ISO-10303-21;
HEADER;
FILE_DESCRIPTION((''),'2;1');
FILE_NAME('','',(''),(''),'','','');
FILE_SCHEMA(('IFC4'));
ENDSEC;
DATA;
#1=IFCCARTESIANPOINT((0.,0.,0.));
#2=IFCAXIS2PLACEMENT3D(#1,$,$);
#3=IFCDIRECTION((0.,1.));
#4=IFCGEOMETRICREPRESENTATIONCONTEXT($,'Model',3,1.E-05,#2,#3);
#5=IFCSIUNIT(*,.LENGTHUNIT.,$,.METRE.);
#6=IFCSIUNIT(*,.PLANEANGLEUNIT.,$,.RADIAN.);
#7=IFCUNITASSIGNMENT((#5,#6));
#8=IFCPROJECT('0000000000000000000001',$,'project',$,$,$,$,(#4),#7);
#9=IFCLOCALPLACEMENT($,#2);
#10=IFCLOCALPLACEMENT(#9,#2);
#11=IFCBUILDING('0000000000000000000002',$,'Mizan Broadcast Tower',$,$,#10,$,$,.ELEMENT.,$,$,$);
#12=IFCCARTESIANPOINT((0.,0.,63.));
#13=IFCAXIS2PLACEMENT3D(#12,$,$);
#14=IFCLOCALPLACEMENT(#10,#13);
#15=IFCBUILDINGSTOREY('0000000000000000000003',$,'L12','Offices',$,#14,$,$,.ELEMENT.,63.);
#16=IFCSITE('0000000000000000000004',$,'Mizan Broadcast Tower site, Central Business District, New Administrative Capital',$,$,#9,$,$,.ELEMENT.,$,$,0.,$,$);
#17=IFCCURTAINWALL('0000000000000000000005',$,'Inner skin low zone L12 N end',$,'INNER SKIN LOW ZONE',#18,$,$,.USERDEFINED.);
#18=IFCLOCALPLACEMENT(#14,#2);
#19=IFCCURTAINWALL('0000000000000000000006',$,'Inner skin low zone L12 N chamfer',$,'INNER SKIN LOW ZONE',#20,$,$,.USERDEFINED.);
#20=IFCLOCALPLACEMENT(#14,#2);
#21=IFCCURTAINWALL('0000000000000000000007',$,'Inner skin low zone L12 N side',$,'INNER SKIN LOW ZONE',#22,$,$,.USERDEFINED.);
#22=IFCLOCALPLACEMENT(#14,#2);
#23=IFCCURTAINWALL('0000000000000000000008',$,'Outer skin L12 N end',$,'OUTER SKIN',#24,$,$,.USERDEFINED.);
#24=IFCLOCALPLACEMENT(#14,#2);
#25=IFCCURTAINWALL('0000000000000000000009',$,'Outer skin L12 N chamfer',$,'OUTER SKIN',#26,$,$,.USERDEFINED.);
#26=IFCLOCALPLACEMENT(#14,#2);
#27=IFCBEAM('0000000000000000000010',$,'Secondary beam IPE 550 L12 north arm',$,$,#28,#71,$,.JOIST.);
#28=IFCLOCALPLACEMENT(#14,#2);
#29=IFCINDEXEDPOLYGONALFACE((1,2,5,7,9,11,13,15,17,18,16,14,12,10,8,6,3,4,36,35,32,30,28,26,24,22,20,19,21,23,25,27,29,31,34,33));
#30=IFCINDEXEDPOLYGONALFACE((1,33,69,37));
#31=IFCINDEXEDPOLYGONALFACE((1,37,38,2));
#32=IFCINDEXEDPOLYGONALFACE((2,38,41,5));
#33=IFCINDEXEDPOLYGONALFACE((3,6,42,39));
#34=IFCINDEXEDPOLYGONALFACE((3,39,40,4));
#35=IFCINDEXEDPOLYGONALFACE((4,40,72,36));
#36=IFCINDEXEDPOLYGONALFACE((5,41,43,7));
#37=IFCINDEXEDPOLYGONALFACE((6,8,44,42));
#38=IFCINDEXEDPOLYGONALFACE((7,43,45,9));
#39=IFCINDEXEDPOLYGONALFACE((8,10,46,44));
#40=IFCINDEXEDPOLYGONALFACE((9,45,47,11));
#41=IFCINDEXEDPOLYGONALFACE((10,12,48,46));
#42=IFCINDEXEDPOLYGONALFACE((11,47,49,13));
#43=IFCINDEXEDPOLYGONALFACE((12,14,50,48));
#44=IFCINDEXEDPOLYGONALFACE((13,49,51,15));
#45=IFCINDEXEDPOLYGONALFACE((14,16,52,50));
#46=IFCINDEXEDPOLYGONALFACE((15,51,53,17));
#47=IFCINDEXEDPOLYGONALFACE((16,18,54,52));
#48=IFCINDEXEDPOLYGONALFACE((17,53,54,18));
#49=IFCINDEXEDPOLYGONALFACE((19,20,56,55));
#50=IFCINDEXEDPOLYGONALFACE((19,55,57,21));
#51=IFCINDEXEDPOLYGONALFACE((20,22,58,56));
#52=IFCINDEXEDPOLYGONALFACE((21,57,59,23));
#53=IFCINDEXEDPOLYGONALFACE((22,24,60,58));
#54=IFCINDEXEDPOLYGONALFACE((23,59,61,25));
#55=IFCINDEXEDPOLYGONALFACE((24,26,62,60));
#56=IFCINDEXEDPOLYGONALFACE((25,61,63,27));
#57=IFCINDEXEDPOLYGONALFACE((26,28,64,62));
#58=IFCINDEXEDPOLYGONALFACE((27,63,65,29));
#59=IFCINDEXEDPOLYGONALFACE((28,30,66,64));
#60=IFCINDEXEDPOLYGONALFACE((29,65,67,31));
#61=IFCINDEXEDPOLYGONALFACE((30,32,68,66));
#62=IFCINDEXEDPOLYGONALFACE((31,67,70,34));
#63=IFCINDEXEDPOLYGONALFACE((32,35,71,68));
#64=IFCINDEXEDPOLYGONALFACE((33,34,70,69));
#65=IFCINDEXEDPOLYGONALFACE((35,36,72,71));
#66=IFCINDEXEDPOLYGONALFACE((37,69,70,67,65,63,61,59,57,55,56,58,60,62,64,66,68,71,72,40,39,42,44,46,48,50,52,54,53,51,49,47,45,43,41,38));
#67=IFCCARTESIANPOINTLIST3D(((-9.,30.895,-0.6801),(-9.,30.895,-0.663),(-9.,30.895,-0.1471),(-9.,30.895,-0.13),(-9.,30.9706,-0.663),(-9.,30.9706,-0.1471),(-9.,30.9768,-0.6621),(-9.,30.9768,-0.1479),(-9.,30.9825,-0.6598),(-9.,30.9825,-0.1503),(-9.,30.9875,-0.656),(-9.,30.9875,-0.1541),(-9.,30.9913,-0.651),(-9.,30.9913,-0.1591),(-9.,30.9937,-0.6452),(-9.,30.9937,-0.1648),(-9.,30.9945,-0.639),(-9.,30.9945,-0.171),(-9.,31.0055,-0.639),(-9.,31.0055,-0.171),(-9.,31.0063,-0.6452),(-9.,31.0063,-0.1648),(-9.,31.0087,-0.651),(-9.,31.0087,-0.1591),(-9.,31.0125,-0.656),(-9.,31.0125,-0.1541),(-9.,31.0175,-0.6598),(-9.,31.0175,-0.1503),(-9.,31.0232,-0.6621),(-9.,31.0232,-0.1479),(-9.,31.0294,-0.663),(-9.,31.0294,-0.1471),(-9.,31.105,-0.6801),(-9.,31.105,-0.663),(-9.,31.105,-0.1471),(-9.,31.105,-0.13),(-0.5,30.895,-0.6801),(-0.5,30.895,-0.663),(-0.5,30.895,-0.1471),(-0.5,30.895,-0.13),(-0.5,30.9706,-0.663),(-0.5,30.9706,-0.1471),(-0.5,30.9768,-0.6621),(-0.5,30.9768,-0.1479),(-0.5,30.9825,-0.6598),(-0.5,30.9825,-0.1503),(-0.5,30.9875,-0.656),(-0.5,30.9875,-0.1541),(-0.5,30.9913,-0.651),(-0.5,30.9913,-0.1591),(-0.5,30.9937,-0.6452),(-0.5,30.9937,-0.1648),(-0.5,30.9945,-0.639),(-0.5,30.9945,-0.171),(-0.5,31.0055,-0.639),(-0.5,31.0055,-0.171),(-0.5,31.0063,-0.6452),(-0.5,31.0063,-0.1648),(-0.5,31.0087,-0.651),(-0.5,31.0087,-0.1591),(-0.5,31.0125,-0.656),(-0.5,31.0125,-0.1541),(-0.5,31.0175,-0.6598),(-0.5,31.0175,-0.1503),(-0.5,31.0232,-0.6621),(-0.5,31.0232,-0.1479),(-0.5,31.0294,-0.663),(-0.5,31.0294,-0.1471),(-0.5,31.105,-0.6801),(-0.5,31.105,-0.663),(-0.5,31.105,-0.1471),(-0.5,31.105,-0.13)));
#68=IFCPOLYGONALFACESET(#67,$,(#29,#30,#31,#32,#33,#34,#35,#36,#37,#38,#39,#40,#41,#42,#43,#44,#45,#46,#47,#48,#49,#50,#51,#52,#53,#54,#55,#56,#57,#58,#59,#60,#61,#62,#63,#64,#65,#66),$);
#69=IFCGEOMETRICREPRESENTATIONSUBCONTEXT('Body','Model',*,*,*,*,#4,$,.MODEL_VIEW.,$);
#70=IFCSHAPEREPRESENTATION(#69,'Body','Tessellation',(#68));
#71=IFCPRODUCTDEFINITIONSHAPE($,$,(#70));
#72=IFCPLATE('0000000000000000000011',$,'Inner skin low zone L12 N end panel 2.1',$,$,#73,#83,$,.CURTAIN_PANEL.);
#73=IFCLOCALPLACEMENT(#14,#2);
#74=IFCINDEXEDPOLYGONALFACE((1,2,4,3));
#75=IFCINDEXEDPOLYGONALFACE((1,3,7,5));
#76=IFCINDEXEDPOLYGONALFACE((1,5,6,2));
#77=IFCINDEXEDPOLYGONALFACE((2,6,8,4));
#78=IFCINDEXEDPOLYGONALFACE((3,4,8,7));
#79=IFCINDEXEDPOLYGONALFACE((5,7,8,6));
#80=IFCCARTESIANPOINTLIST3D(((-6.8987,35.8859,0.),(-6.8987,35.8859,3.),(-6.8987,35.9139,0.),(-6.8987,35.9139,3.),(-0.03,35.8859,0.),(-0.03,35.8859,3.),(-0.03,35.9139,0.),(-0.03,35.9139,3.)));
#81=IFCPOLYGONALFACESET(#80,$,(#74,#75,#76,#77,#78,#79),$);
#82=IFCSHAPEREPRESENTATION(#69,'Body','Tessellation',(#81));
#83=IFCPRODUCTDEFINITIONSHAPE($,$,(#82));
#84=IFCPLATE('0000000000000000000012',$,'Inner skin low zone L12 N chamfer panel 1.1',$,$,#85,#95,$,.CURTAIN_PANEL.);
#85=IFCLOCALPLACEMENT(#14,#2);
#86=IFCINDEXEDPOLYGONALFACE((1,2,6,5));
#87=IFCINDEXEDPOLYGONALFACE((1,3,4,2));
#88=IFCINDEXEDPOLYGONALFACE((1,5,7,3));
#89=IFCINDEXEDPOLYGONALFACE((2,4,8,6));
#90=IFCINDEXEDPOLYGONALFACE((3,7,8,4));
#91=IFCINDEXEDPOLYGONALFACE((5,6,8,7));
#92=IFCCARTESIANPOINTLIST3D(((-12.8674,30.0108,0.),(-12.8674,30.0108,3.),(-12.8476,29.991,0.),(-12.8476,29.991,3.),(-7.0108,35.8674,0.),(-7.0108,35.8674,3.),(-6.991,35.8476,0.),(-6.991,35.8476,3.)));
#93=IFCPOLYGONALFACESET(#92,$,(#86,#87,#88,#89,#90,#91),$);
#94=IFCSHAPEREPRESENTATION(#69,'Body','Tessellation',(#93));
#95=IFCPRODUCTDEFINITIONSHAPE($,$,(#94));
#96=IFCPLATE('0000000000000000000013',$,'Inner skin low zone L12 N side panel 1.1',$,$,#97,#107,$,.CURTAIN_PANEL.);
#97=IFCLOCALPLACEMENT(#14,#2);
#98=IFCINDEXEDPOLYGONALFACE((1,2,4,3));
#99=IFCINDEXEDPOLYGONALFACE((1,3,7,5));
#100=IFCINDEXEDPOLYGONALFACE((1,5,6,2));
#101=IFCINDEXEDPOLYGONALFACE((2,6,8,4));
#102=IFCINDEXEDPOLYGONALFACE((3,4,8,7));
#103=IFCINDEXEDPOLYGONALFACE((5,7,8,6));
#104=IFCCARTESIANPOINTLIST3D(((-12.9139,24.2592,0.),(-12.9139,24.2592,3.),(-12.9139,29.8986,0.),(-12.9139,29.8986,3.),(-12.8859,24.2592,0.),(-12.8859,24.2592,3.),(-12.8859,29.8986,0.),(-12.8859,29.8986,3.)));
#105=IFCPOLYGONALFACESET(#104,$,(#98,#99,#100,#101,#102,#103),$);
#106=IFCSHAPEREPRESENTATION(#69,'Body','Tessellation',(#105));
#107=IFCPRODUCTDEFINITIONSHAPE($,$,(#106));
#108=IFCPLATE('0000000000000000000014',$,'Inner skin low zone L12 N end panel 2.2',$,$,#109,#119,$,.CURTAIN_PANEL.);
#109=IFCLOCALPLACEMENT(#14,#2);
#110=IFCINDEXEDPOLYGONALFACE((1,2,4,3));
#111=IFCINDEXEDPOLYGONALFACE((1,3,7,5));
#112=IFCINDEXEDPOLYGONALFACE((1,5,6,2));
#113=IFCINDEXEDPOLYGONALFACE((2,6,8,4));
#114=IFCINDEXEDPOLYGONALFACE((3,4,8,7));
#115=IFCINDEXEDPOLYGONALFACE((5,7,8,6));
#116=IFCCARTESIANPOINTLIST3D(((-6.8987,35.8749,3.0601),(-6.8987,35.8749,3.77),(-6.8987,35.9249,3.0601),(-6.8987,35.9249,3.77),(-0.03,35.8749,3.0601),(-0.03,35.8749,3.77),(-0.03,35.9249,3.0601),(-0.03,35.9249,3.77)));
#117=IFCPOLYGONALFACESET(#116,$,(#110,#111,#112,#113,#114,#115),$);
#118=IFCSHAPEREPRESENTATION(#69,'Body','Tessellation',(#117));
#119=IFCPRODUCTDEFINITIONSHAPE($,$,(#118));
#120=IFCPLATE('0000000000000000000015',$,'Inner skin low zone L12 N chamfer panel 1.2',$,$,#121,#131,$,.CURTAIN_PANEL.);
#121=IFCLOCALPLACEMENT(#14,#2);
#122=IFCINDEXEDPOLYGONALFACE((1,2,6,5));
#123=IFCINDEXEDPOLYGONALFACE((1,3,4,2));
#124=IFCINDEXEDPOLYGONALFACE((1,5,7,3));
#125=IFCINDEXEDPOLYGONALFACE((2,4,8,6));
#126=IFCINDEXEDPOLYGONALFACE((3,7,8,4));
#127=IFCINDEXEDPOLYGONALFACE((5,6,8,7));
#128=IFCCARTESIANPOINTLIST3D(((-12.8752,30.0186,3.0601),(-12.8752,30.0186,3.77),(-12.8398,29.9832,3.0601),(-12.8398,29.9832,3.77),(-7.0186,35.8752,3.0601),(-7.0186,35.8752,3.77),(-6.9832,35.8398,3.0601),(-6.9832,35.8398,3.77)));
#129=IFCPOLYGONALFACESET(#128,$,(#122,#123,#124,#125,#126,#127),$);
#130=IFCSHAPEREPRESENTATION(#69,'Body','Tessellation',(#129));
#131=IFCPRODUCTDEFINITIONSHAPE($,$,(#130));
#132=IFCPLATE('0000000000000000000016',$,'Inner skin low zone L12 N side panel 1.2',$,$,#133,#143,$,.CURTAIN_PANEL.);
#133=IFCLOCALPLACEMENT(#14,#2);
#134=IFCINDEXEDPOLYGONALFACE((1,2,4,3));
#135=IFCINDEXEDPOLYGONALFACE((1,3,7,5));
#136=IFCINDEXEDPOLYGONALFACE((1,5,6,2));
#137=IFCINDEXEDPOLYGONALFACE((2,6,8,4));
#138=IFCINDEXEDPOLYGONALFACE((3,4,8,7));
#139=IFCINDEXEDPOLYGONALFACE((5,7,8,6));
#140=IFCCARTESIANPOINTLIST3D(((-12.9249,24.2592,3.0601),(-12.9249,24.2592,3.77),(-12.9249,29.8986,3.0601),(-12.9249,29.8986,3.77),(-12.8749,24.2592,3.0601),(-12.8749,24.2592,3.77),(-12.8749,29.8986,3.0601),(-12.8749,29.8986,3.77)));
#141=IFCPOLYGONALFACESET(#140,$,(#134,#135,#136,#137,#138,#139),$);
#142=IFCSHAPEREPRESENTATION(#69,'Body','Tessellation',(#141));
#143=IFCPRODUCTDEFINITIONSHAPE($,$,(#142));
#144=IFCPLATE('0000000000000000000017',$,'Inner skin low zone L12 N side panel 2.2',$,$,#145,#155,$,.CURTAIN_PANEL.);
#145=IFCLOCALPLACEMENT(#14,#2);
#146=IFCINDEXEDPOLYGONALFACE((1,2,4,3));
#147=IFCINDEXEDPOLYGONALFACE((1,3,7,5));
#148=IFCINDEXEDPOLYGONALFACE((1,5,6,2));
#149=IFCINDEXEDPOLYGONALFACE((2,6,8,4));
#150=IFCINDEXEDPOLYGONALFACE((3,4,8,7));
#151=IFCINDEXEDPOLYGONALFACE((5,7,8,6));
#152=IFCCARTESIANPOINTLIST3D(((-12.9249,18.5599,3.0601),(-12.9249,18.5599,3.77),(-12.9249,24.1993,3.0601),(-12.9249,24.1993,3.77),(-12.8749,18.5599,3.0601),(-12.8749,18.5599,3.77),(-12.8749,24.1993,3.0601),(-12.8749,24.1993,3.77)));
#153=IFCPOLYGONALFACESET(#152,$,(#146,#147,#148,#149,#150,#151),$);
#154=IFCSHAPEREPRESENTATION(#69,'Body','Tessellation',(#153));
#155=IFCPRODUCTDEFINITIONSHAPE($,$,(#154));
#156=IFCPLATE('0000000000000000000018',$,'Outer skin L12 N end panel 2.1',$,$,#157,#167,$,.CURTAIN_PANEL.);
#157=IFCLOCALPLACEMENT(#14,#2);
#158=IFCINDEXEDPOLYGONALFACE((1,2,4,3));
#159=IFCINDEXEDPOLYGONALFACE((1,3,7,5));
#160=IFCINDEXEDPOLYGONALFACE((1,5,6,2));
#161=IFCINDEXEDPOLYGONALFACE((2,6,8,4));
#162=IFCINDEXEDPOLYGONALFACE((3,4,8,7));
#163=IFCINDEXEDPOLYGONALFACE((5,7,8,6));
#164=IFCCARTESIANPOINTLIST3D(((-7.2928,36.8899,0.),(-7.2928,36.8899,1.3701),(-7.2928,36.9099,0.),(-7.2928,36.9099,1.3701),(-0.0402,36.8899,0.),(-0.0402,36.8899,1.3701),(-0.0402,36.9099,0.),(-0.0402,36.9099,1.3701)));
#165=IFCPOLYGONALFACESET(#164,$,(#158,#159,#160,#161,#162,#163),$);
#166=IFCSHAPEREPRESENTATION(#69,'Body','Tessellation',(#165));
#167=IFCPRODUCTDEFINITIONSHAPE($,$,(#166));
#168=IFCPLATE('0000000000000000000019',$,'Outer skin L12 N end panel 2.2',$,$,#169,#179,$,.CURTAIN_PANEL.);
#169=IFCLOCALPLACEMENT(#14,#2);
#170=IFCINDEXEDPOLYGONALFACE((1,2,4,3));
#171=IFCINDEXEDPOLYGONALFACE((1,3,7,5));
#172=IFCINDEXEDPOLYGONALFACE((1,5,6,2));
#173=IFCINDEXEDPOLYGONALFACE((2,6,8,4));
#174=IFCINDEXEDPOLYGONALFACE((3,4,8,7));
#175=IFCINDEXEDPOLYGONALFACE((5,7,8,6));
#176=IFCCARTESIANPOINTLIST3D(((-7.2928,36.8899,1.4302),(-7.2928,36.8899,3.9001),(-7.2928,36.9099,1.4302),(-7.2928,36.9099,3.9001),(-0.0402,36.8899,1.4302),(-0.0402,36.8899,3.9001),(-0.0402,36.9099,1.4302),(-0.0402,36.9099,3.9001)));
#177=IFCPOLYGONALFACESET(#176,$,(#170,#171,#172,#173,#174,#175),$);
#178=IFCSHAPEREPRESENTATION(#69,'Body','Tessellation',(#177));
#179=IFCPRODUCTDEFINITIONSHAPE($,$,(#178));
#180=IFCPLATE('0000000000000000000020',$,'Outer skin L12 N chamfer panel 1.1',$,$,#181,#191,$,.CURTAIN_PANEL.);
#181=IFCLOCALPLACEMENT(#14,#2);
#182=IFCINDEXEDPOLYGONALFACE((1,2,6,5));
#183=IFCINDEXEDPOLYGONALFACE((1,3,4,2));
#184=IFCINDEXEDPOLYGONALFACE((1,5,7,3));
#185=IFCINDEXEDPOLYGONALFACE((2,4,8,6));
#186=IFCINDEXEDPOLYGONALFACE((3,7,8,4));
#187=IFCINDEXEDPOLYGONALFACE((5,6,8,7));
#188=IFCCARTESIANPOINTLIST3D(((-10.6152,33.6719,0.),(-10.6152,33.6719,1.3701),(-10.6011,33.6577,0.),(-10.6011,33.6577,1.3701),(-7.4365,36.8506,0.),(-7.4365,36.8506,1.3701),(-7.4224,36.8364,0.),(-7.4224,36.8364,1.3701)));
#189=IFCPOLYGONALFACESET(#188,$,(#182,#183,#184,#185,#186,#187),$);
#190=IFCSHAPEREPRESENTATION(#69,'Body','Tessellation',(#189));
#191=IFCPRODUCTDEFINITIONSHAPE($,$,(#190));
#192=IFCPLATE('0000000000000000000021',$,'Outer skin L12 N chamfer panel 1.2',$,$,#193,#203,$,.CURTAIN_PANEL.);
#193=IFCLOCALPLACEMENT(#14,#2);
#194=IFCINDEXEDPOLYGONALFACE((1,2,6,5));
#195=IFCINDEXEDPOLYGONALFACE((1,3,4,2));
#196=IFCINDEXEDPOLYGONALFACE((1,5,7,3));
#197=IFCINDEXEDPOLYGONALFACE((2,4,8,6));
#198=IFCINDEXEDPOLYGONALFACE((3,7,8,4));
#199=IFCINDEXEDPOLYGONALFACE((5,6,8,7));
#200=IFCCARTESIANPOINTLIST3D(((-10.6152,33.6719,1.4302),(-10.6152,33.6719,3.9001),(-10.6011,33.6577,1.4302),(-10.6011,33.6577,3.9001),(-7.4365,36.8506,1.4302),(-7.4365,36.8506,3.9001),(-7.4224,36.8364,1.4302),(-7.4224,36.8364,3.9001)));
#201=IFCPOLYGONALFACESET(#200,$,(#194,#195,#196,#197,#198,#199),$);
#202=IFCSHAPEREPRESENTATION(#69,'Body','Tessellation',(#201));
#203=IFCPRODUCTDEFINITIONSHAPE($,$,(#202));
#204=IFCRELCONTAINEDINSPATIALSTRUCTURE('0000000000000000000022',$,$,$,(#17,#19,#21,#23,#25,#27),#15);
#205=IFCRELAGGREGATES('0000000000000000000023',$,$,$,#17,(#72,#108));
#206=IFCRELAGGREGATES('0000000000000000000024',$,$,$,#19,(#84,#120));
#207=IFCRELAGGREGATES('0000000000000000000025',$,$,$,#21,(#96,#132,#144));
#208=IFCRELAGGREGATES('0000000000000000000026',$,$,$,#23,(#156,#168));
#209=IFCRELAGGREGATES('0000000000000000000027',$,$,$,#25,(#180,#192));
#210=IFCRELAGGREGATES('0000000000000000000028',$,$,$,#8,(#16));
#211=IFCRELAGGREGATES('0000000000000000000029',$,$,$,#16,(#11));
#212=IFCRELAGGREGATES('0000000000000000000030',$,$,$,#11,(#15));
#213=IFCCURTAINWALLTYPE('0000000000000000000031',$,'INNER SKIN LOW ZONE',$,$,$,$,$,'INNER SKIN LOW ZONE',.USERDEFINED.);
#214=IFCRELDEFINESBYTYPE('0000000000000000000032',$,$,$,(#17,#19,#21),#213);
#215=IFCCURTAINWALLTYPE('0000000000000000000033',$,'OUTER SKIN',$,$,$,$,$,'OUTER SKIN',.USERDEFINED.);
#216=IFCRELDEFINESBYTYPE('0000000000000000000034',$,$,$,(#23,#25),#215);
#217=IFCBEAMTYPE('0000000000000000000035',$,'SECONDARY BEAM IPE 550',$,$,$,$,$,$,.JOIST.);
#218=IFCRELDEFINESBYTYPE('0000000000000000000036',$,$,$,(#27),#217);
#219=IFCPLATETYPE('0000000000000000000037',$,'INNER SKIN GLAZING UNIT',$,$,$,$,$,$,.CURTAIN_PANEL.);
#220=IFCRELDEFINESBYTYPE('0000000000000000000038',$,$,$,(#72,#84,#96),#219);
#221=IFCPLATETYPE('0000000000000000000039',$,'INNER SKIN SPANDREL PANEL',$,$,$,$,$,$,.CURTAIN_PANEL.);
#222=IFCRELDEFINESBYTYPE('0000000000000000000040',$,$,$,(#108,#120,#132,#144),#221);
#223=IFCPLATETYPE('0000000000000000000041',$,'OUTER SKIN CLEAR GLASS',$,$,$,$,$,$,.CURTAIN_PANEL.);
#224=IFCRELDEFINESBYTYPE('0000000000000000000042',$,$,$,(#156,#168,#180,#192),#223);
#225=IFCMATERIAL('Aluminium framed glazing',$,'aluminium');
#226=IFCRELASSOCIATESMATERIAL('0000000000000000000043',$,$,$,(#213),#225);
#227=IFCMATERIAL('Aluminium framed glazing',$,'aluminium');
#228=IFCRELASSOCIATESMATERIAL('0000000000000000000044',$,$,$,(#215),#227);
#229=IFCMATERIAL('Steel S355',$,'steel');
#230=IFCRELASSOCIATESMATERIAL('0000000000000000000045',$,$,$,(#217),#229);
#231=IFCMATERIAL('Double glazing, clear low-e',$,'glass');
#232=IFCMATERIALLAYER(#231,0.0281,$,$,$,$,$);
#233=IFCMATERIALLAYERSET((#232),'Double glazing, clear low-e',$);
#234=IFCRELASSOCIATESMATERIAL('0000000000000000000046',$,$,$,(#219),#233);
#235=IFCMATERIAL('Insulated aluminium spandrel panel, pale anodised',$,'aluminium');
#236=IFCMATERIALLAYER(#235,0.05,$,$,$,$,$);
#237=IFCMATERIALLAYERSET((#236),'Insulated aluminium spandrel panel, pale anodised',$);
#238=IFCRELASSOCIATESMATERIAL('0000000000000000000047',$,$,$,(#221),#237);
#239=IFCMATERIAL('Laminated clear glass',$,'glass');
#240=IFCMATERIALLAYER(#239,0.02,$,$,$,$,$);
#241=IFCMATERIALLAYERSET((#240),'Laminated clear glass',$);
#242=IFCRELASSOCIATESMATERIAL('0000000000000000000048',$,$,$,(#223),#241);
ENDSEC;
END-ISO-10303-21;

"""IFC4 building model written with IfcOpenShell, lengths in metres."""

from ifc_helpers import new_model, si_unit, direction, frame, origin, origin_2d, place, context, subcontext, project, spatial, rectangle, i_section, extrude, material, layer, layer_set, material_profile, profile_set, type_object, element, aggregate, save


model = new_model("IFC4")

# Units and contexts
model_context = context("Model", 3, precision=1e-05, world=origin(), true_north=direction((0.0, 1.0)))
body_context = subcontext(model_context, "Body", "Model", "MODEL_VIEW")
ifc_project = project(units=[si_unit("LENGTHUNIT", "METRE"), si_unit("PLANEANGLEUNIT", "RADIAN")], contexts=[model_context])

# Site, building, storey
site_placement = place(None, origin())
site = spatial("IfcSite", under=ifc_project, at=site_placement, Name="Mizan Broadcast Tower site, Central Business District, New Administrative Capital", CompositionType="ELEMENT", RefElevation=0.0)
building_placement = place(site_placement, origin())
building = spatial("IfcBuilding", under=site, at=building_placement, Name="Mizan Broadcast Tower", CompositionType="ELEMENT")
storey_placement = place(building_placement, frame((0.0, 0.0, 63.0)))
storey = spatial("IfcBuildingStorey", under=building, at=storey_placement, Name="L12", Description="Offices", CompositionType="ELEMENT", Elevation=63.0)

# Curtain walls
ifc_material_1 = material(Name="Aluminium framed glazing", Category="aluminium")
curtain_wall_type_1 = type_object("IfcCurtainWallType", Name="INNER SKIN LOW ZONE", ElementType="INNER SKIN LOW ZONE", PredefinedType="USERDEFINED", material=ifc_material_1)
curtain_wall_1_placement = place(storey_placement, origin())
curtain_wall_1 = element("IfcCurtainWall", 1, at=curtain_wall_1_placement, inside=storey, type_object=curtain_wall_type_1, Name="Inner skin low zone L12 N end", ObjectType="INNER SKIN LOW ZONE", PredefinedType="USERDEFINED")
curtain_wall_2_placement = place(storey_placement, origin())
curtain_wall_2 = element("IfcCurtainWall", 2, at=curtain_wall_2_placement, inside=storey, type_object=curtain_wall_type_1, Name="Inner skin low zone L12 N chamfer", ObjectType="INNER SKIN LOW ZONE", PredefinedType="USERDEFINED")
curtain_wall_3_placement = place(storey_placement, origin())
curtain_wall_3 = element("IfcCurtainWall", 3, at=curtain_wall_3_placement, inside=storey, type_object=curtain_wall_type_1, Name="Inner skin low zone L12 N side", ObjectType="INNER SKIN LOW ZONE", PredefinedType="USERDEFINED")

# Curtain walls
ifc_material_2 = material(Name="Aluminium framed glazing", Category="aluminium")
curtain_wall_type_2 = type_object("IfcCurtainWallType", Name="OUTER SKIN", ElementType="OUTER SKIN", PredefinedType="USERDEFINED", material=ifc_material_2)
curtain_wall_4_placement = place(storey_placement, origin())
curtain_wall_4 = element("IfcCurtainWall", 4, at=curtain_wall_4_placement, inside=storey, type_object=curtain_wall_type_2, Name="Outer skin L12 N end", ObjectType="OUTER SKIN", PredefinedType="USERDEFINED")
curtain_wall_5_placement = place(storey_placement, origin())
curtain_wall_5 = element("IfcCurtainWall", 5, at=curtain_wall_5_placement, inside=storey, type_object=curtain_wall_type_2, Name="Outer skin L12 N chamfer", ObjectType="OUTER SKIN", PredefinedType="USERDEFINED")

# Beam
ifc_material_3 = material(Name="Steel S355", Category="steel")
ifc_material_profile_1 = material_profile(ifc_material_3, i_section(OverallWidth=0.21, OverallDepth=0.55, WebThickness=0.011, FlangeThickness=0.0171, FilletRadius=0.0239, at=origin_2d()), Name="IPE 550")
ifc_profile_set_1 = profile_set([ifc_material_profile_1], Name="Steel S355")
beam_type_1 = type_object("IfcBeamType", Name="SECONDARY BEAM IPE 550", PredefinedType="JOIST", material=ifc_profile_set_1)
beam_1_placement = place(storey_placement, frame((-9.0, 31.0, -0.405), z_axis=(1.0, 0.0, 0.0), x_axis=(0.0, 1.0, 0.0)))
element("IfcBeam", 6, at=beam_1_placement, inside=storey, type_object=beam_type_1, Name="Secondary beam IPE 550 L12 north arm", PredefinedType="JOIST", context=body_context, shape_type="SweptSolid", body=[
    extrude(i_section(OverallWidth=0.21, OverallDepth=0.55, WebThickness=0.011, FlangeThickness=0.0171, FilletRadius=0.0239, at=origin_2d()), origin(), (0.0, 0.0, 1.0), 8.5),
])

# Plates
ifc_material_4 = material(Name="Double glazing, clear low-e", Category="glass")
ifc_layer_1 = layer(ifc_material_4, 0.0281)
ifc_layer_set_1 = layer_set([ifc_layer_1], Name="Double glazing, clear low-e")
plate_type_1 = type_object("IfcPlateType", Name="INNER SKIN GLAZING UNIT", PredefinedType="CURTAIN_PANEL", material=ifc_layer_set_1)
plate_1_placement = place(storey_placement, frame((-3.4644, 35.8999, 0.0), z_axis=(0.0, 0.0, 1.0), x_axis=(-1.0, 0.0, 0.0)))
plate_1 = element("IfcPlate", 7, at=plate_1_placement, type_object=plate_type_1, Name="Inner skin low zone L12 N end panel 2.1", PredefinedType="CURTAIN_PANEL", context=body_context, shape_type="SweptSolid", body=[
    extrude(rectangle(XDim=6.8687, YDim=0.0281, at=origin_2d()), origin(), (0.0, 0.0, 1.0), 3.0),
])
plate_2_placement = place(storey_placement, frame((-9.9292, 32.9292, 0.0), z_axis=(0.0, 0.0, 1.0), x_axis=(-0.707107, -0.707107, 0.0)))
plate_2 = element("IfcPlate", 8, at=plate_2_placement, type_object=plate_type_1, Name="Inner skin low zone L12 N chamfer panel 1.1", PredefinedType="CURTAIN_PANEL", context=body_context, shape_type="SweptSolid", body=[
    extrude(rectangle(XDim=8.2825, YDim=0.0281, at=origin_2d()), origin(), (0.0, 0.0, 1.0), 3.0),
])
plate_3_placement = place(storey_placement, frame((-12.8999, 27.0789, 0.0), z_axis=(0.0, 0.0, 1.0), x_axis=(0.0, -1.0, 0.0)))
plate_3 = element("IfcPlate", 9, at=plate_3_placement, type_object=plate_type_1, Name="Inner skin low zone L12 N side panel 1.1", PredefinedType="CURTAIN_PANEL", context=body_context, shape_type="SweptSolid", body=[
    extrude(rectangle(XDim=5.6394, YDim=0.0281, at=origin_2d()), origin(), (0.0, 0.0, 1.0), 3.0),
])
ifc_material_5 = material(Name="Insulated aluminium spandrel panel, pale anodised", Category="aluminium")
ifc_layer_2 = layer(ifc_material_5, 0.05)
ifc_layer_set_2 = layer_set([ifc_layer_2], Name="Insulated aluminium spandrel panel, pale anodised")
plate_type_2 = type_object("IfcPlateType", Name="INNER SKIN SPANDREL PANEL", PredefinedType="CURTAIN_PANEL", material=ifc_layer_set_2)
plate_4_placement = place(storey_placement, frame((-3.4644, 35.8999, 3.0601), z_axis=(0.0, 0.0, 1.0), x_axis=(-1.0, 0.0, 0.0)))
plate_4 = element("IfcPlate", 10, at=plate_4_placement, type_object=plate_type_2, Name="Inner skin low zone L12 N end panel 2.2", PredefinedType="CURTAIN_PANEL", context=body_context, shape_type="SweptSolid", body=[
    extrude(rectangle(XDim=6.8687, YDim=0.05, at=origin_2d()), origin(), (0.0, 0.0, 1.0), 0.71),
])
aggregate(curtain_wall_1, [plate_1, plate_4])
plate_5_placement = place(storey_placement, frame((-9.9292, 32.9292, 3.0601), z_axis=(0.0, 0.0, 1.0), x_axis=(-0.707107, -0.707107, 0.0)))
plate_5 = element("IfcPlate", 11, at=plate_5_placement, type_object=plate_type_2, Name="Inner skin low zone L12 N chamfer panel 1.2", PredefinedType="CURTAIN_PANEL", context=body_context, shape_type="SweptSolid", body=[
    extrude(rectangle(XDim=8.2825, YDim=0.05, at=origin_2d()), origin(), (0.0, 0.0, 1.0), 0.71),
])
aggregate(curtain_wall_2, [plate_2, plate_5])
plate_6_placement = place(storey_placement, frame((-12.8999, 27.0789, 3.0601), z_axis=(0.0, 0.0, 1.0), x_axis=(0.0, -1.0, 0.0)))
plate_6 = element("IfcPlate", 12, at=plate_6_placement, type_object=plate_type_2, Name="Inner skin low zone L12 N side panel 1.2", PredefinedType="CURTAIN_PANEL", context=body_context, shape_type="SweptSolid", body=[
    extrude(rectangle(XDim=5.6394, YDim=0.05, at=origin_2d()), origin(), (0.0, 0.0, 1.0), 0.71),
])
plate_7_placement = place(storey_placement, frame((-12.8999, 21.3796, 3.0601), z_axis=(0.0, 0.0, 1.0), x_axis=(0.0, -1.0, 0.0)))
plate_7 = element("IfcPlate", 13, at=plate_7_placement, type_object=plate_type_2, Name="Inner skin low zone L12 N side panel 2.2", PredefinedType="CURTAIN_PANEL", context=body_context, shape_type="SweptSolid", body=[
    extrude(rectangle(XDim=5.6394, YDim=0.05, at=origin_2d()), origin(), (0.0, 0.0, 1.0), 0.71),
])
aggregate(curtain_wall_3, [plate_3, plate_6, plate_7])
ifc_material_6 = material(Name="Laminated clear glass", Category="glass")
ifc_layer_3 = layer(ifc_material_6, 0.02)
ifc_layer_set_3 = layer_set([ifc_layer_3], Name="Laminated clear glass")
plate_type_3 = type_object("IfcPlateType", Name="OUTER SKIN CLEAR GLASS", PredefinedType="CURTAIN_PANEL", material=ifc_layer_set_3)
plate_8_placement = place(storey_placement, frame((-3.6665, 36.8999, 0.0), z_axis=(0.0, 0.0, 1.0), x_axis=(-1.0, 0.0, 0.0)))
plate_8 = element("IfcPlate", 14, at=plate_8_placement, type_object=plate_type_3, Name="Outer skin L12 N end panel 2.1", PredefinedType="CURTAIN_PANEL", context=body_context, shape_type="SweptSolid", body=[
    extrude(rectangle(XDim=7.2527, YDim=0.02, at=origin_2d()), origin(), (0.0, 0.0, 1.0), 1.3701),
])
plate_9_placement = place(storey_placement, frame((-3.6665, 36.8999, 1.4302), z_axis=(0.0, 0.0, 1.0), x_axis=(-1.0, 0.0, 0.0)))
plate_9 = element("IfcPlate", 15, at=plate_9_placement, type_object=plate_type_3, Name="Outer skin L12 N end panel 2.2", PredefinedType="CURTAIN_PANEL", context=body_context, shape_type="SweptSolid", body=[
    extrude(rectangle(XDim=7.2527, YDim=0.02, at=origin_2d()), origin(), (0.0, 0.0, 1.0), 2.47),
])
aggregate(curtain_wall_4, [plate_8, plate_9])
plate_10_placement = place(storey_placement, frame((-9.0188, 35.2542, 0.0), z_axis=(0.0, 0.0, 1.0), x_axis=(-0.707107, -0.707107, 0.0)))
plate_10 = element("IfcPlate", 16, at=plate_10_placement, type_object=plate_type_3, Name="Outer skin L12 N chamfer panel 1.1", PredefinedType="CURTAIN_PANEL", context=body_context, shape_type="SweptSolid", body=[
    extrude(rectangle(XDim=4.4954, YDim=0.02, at=origin_2d()), origin(), (0.0, 0.0, 1.0), 1.3701),
])
plate_11_placement = place(storey_placement, frame((-9.0188, 35.2542, 1.4302), z_axis=(0.0, 0.0, 1.0), x_axis=(-0.707107, -0.707107, 0.0)))
plate_11 = element("IfcPlate", 17, at=plate_11_placement, type_object=plate_type_3, Name="Outer skin L12 N chamfer panel 1.2", PredefinedType="CURTAIN_PANEL", context=body_context, shape_type="SweptSolid", body=[
    extrude(rectangle(XDim=4.4954, YDim=0.02, at=origin_2d()), origin(), (0.0, 0.0, 1.0), 2.47),
])
aggregate(curtain_wall_5, [plate_10, plate_11])

save(model, "model.ifc")
